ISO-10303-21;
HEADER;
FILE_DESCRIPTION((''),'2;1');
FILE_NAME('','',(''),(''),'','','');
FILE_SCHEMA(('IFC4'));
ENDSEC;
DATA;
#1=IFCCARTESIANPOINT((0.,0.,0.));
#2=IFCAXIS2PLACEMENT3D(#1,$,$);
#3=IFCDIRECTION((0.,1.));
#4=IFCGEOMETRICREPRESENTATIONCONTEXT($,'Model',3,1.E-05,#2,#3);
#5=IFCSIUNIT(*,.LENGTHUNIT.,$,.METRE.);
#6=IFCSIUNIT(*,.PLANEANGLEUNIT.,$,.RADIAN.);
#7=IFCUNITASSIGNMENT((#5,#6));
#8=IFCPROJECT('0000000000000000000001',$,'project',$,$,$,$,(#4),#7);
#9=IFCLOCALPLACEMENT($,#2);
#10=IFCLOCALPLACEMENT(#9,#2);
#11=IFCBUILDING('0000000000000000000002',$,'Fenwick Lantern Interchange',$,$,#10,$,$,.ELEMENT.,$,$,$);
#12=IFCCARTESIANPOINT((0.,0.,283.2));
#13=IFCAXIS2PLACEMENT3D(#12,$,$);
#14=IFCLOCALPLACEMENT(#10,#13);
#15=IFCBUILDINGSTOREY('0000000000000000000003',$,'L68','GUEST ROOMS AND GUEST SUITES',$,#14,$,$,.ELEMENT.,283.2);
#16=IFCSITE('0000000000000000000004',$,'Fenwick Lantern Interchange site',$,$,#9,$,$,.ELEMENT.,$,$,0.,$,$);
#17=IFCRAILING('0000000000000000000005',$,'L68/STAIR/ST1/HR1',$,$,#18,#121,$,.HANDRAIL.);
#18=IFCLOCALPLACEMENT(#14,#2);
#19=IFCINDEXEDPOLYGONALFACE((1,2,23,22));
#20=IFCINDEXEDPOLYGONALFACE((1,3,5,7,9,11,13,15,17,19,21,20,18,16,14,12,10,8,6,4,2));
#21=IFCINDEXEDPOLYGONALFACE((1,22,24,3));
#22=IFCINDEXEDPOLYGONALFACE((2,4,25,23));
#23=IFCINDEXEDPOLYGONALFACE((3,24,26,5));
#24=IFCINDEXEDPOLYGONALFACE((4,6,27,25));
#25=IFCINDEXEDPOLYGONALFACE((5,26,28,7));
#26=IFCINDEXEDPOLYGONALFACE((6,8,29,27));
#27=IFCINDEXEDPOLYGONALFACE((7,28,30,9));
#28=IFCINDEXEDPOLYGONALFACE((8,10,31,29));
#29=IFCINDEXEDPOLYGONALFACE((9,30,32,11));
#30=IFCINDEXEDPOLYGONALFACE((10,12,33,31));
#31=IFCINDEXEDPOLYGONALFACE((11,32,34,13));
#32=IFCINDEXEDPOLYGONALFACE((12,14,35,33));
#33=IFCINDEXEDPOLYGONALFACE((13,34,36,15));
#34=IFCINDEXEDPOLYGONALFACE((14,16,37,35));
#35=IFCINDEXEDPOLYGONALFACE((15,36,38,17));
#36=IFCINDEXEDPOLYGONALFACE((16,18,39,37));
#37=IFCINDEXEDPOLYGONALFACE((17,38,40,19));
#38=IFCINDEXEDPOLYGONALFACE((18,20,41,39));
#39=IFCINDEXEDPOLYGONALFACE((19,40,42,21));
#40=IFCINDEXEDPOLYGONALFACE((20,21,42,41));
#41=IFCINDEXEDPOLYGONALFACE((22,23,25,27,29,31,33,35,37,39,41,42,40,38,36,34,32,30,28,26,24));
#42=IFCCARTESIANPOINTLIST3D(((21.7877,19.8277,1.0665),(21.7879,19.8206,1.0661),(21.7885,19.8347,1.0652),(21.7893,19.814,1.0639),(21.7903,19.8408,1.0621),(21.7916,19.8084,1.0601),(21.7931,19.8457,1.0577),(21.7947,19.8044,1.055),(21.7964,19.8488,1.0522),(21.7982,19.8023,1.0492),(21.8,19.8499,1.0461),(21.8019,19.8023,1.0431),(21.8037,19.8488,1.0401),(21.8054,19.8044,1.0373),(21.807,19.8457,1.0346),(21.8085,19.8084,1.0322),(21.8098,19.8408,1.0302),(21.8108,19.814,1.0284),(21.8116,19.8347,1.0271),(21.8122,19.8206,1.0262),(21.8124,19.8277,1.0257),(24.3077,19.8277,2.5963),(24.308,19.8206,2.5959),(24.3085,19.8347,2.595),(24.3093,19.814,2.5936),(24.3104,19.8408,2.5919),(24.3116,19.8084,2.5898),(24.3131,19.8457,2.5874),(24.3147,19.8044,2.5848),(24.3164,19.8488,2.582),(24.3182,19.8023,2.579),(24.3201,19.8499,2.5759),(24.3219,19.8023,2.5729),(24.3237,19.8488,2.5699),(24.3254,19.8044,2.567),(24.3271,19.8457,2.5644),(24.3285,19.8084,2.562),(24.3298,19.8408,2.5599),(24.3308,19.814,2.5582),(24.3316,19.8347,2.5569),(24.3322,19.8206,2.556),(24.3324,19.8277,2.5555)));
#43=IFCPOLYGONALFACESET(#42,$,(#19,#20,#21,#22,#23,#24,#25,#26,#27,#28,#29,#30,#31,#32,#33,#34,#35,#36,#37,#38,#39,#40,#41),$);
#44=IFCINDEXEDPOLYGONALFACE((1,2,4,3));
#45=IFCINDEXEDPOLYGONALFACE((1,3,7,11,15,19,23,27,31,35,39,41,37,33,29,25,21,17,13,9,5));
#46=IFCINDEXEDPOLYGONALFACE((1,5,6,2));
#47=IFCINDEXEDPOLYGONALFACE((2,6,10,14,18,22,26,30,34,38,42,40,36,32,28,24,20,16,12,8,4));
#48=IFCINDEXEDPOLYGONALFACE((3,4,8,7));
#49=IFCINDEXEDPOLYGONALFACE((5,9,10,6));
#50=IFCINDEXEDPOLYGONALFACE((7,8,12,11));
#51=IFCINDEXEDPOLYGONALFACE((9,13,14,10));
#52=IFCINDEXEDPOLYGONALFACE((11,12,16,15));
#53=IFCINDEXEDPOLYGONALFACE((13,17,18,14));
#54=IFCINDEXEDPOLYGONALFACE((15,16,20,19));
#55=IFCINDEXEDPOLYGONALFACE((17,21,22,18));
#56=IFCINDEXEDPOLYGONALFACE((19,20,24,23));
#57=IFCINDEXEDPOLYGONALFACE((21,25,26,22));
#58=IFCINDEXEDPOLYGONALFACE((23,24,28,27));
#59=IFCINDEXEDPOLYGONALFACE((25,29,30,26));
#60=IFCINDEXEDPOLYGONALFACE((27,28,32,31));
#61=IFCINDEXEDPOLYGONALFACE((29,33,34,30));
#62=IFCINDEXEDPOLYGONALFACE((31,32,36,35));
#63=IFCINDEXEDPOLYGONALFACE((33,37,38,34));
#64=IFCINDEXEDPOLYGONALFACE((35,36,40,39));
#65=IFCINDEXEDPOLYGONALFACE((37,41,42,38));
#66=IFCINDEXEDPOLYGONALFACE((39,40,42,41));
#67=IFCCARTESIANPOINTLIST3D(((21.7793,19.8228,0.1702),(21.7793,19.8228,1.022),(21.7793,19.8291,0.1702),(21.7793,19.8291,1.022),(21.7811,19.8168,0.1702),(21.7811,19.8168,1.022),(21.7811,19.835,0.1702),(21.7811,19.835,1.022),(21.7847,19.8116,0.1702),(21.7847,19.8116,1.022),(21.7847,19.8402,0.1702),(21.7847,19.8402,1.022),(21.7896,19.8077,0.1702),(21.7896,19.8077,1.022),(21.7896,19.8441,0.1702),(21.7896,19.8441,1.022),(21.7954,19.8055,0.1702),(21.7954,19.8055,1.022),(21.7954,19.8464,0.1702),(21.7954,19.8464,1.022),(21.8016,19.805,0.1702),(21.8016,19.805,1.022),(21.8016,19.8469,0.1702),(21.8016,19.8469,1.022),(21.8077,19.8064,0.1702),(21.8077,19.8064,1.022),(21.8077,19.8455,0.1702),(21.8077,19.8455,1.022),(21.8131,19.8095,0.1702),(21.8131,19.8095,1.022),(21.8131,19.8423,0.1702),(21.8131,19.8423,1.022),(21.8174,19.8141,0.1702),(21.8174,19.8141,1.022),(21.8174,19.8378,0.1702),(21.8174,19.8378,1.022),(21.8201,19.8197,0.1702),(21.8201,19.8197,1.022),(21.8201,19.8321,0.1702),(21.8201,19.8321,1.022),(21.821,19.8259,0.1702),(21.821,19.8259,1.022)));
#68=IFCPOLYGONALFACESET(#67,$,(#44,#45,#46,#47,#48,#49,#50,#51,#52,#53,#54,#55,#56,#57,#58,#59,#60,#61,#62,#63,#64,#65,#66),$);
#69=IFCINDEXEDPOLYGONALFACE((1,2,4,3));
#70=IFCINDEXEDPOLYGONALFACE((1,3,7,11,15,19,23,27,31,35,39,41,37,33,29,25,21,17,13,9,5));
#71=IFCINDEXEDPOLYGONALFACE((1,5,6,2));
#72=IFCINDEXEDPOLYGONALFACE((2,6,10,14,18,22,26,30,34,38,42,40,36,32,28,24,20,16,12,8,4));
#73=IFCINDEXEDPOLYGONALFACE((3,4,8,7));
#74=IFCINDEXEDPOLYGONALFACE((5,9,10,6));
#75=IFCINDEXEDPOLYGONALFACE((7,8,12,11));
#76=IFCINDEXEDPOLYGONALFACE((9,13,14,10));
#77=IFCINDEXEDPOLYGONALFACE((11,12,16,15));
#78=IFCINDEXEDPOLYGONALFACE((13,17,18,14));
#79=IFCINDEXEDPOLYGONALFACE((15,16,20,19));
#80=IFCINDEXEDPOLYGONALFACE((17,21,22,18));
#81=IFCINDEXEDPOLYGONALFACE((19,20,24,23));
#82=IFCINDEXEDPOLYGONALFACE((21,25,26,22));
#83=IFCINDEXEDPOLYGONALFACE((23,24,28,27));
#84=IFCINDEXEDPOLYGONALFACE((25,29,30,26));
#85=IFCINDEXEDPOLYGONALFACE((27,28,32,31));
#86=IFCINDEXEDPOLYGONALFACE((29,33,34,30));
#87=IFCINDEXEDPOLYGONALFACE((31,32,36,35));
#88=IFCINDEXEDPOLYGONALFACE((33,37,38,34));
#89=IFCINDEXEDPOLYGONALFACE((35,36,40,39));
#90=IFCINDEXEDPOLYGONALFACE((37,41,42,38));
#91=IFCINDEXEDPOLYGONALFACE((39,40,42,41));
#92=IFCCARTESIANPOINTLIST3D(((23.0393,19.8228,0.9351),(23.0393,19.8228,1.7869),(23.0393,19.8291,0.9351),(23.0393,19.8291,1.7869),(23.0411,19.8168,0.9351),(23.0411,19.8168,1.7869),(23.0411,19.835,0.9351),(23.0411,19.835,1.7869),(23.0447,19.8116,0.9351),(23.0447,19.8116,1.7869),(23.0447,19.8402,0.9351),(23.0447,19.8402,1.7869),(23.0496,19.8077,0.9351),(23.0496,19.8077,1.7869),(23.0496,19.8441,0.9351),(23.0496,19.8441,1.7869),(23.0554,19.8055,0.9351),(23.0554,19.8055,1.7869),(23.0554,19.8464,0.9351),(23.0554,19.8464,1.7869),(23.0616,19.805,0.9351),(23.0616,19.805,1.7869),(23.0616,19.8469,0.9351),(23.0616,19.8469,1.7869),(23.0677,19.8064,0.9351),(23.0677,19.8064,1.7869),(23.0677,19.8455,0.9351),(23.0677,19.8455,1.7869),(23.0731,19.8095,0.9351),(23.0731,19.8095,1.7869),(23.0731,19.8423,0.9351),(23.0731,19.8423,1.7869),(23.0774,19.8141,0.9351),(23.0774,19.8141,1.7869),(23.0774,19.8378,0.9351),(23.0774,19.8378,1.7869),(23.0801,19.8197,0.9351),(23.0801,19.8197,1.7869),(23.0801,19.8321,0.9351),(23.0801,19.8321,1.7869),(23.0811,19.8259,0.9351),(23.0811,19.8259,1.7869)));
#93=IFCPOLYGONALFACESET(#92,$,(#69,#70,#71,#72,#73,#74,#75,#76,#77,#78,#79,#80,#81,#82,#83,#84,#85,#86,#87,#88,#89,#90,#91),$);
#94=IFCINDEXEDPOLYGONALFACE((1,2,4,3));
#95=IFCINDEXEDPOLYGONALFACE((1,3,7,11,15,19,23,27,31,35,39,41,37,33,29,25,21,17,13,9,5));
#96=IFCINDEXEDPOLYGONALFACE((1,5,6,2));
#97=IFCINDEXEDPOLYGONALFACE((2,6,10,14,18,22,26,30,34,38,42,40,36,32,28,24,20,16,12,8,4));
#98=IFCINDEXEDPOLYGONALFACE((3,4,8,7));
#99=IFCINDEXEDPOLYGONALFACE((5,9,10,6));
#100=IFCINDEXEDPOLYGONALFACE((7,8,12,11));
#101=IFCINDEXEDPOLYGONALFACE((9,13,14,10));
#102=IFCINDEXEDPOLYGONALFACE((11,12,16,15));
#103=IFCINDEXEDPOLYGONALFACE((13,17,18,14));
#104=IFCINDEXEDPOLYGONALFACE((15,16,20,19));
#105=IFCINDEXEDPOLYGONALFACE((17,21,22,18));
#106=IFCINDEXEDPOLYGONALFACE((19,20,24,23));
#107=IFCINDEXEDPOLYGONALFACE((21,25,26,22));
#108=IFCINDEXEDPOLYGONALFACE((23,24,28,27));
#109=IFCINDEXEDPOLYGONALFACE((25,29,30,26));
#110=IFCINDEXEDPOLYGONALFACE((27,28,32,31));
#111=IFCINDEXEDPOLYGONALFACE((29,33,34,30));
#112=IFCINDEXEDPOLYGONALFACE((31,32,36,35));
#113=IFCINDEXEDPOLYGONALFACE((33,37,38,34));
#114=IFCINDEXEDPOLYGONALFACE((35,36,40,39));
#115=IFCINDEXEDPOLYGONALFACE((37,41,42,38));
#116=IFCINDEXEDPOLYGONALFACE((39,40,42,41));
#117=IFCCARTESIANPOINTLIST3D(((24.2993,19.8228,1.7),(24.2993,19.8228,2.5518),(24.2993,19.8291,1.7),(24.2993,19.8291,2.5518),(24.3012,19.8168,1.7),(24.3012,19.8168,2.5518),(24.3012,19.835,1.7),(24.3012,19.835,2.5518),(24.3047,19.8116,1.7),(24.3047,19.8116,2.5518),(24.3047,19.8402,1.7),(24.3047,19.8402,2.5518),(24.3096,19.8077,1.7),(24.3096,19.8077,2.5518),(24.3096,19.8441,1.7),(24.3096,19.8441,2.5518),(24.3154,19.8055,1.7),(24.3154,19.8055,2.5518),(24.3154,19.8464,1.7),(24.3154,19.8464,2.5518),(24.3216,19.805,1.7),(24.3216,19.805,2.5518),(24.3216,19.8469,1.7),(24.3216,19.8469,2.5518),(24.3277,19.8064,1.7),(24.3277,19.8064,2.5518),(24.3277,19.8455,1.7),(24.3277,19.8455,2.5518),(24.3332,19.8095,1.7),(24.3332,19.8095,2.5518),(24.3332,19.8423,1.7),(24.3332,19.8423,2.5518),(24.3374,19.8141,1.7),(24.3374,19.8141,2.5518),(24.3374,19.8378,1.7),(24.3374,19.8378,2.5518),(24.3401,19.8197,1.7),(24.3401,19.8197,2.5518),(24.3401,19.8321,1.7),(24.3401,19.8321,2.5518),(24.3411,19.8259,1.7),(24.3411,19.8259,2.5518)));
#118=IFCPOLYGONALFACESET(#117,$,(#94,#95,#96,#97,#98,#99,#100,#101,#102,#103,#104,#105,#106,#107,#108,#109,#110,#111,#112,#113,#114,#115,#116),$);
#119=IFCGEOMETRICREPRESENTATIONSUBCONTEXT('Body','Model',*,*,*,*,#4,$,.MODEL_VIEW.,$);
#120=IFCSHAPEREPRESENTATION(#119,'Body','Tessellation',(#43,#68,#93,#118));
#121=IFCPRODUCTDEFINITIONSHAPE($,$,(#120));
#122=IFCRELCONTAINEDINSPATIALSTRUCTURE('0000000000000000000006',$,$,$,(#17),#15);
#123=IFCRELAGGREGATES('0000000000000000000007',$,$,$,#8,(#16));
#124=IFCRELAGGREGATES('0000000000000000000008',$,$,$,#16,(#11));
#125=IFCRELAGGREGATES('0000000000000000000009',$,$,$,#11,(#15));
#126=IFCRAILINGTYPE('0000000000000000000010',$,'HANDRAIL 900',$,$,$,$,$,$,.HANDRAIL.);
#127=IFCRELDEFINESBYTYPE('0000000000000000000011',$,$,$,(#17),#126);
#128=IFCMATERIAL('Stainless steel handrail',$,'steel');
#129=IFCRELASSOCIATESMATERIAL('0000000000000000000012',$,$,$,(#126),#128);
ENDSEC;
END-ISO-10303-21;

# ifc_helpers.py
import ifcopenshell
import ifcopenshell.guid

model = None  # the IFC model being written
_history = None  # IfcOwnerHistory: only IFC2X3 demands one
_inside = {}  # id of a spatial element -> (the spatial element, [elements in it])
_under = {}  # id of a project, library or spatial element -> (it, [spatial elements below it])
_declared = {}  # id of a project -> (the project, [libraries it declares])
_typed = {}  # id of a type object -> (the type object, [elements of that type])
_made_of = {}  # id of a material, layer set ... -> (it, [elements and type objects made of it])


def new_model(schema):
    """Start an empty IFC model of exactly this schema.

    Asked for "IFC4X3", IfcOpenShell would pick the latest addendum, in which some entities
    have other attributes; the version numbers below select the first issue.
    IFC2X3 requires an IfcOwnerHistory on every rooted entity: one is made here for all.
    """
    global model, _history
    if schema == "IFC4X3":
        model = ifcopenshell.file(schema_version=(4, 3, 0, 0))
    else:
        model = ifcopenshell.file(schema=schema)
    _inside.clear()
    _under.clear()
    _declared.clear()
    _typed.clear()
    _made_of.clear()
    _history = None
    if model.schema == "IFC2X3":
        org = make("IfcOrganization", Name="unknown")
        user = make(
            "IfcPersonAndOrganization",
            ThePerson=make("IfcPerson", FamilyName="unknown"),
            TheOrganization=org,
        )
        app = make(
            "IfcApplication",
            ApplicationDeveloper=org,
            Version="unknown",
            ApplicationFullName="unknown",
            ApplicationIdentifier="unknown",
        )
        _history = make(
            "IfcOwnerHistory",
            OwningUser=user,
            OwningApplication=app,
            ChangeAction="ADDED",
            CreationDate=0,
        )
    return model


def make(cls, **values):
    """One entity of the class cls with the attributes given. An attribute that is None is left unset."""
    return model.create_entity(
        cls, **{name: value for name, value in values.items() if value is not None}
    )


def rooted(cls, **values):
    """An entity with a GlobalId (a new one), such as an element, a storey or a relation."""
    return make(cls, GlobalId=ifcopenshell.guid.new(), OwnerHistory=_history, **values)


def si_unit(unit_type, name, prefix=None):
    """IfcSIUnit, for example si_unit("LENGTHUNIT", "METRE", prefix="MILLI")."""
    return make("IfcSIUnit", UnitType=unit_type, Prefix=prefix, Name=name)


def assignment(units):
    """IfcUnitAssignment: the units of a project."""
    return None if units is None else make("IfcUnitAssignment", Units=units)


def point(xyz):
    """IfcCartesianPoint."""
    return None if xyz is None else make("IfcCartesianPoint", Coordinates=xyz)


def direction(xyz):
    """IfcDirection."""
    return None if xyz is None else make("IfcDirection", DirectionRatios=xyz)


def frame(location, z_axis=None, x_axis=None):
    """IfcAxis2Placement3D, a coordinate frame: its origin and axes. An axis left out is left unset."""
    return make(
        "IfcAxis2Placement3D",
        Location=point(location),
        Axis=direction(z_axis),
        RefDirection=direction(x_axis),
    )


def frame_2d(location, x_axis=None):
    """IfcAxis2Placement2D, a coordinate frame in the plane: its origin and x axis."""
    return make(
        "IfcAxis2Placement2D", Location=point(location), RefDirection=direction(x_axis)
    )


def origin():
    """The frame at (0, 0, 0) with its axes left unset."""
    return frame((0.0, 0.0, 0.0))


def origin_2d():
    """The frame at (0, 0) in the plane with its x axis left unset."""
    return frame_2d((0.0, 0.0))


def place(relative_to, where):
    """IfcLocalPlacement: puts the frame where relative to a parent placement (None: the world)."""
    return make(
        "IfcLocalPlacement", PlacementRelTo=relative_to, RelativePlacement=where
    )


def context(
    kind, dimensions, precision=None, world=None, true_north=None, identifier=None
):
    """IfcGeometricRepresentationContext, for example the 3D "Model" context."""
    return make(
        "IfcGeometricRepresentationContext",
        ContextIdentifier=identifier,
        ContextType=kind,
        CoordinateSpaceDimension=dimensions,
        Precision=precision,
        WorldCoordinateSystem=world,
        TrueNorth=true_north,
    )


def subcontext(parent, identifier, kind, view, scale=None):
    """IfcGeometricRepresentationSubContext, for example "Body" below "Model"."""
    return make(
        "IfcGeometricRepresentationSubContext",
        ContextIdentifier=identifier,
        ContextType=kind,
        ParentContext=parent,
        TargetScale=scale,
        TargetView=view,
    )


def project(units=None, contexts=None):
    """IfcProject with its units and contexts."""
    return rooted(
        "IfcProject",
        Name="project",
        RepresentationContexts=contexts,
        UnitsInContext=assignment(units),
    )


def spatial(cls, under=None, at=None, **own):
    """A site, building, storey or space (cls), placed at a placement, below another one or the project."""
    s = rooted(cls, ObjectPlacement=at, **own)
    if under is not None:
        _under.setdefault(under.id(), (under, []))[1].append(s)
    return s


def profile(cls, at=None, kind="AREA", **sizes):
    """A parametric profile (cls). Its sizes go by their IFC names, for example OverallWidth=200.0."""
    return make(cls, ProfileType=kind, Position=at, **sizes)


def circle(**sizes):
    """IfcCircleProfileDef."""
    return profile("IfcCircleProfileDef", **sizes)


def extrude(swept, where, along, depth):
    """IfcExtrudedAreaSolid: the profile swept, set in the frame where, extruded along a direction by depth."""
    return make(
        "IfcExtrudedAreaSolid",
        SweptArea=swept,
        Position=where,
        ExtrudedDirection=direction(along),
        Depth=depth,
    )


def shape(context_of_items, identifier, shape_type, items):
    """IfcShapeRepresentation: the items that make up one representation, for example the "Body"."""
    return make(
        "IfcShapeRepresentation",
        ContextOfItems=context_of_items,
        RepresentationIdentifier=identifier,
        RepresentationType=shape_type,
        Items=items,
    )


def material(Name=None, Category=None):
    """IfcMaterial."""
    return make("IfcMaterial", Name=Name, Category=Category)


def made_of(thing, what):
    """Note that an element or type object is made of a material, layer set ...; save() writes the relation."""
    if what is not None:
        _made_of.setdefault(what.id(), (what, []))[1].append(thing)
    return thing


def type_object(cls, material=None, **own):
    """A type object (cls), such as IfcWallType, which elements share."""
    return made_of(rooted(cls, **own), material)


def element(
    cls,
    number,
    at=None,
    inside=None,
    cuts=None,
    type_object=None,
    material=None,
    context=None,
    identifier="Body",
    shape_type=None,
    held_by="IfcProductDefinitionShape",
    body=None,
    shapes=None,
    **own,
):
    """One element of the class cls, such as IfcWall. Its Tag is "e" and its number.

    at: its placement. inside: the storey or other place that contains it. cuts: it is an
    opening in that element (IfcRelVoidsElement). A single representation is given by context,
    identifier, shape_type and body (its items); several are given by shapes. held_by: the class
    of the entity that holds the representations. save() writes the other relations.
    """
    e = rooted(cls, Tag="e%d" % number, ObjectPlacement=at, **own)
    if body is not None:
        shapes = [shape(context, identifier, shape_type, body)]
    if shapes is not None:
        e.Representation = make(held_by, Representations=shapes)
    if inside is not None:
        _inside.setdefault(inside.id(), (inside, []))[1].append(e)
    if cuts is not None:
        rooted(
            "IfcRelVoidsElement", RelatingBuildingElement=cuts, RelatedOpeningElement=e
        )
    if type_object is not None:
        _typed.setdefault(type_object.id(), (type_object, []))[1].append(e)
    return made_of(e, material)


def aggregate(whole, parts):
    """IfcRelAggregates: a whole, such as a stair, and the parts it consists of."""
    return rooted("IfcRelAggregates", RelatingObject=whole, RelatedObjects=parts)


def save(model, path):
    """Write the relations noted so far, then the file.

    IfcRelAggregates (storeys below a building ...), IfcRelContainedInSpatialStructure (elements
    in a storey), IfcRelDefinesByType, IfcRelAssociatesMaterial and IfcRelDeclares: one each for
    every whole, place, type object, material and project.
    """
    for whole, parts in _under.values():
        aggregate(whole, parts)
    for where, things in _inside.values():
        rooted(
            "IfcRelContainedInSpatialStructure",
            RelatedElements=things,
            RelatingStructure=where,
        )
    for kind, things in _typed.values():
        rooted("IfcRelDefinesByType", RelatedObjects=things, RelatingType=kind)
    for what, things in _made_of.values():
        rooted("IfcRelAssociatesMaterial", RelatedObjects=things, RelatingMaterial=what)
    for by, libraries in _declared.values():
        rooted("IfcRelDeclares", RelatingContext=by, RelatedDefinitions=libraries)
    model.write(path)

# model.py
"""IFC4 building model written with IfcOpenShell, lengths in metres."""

from ifc_helpers import new_model, si_unit, direction, frame, origin, origin_2d, place, context, subcontext, project, spatial, circle, extrude, material, type_object, element, save


model = new_model("IFC4")

# Units and contexts
model_context = context("Model", 3, precision=1e-05, world=origin(), true_north=direction((0.0, 1.0)))
body_context = subcontext(model_context, "Body", "Model", "MODEL_VIEW")
ifc_project = project(units=[si_unit("LENGTHUNIT", "METRE"), si_unit("PLANEANGLEUNIT", "RADIAN")], contexts=[model_context])

# Site, building, storey
site_placement = place(None, origin())
site = spatial("IfcSite", under=ifc_project, at=site_placement, Name="Fenwick Lantern Interchange site", CompositionType="ELEMENT", RefElevation=0.0)
building_placement = place(site_placement, origin())
building = spatial("IfcBuilding", under=site, at=building_placement, Name="Fenwick Lantern Interchange", CompositionType="ELEMENT")
storey_placement = place(building_placement, frame((0.0, 0.0, 283.2)))
storey = spatial("IfcBuildingStorey", under=building, at=storey_placement, Name="L68", Description="GUEST ROOMS AND GUEST SUITES", CompositionType="ELEMENT", Elevation=283.2)

# Railing
ifc_material_1 = material(Name="Stainless steel handrail", Category="steel")
railing_type = type_object("IfcRailingType", Name="HANDRAIL 900", PredefinedType="HANDRAIL", material=ifc_material_1)
railing_placement = place(storey_placement, frame((21.8, 19.8259, 0.1702)))
element("IfcRailing", 1, at=railing_placement, inside=storey, type_object=railing_type, Name="L68/STAIR/ST1/HR1", PredefinedType="HANDRAIL", context=body_context, shape_type="SweptSolid", body=[
    extrude(circle(Radius=0.0239, at=origin_2d()), frame((0.0, 0.0, 0.876), z_axis=(0.854822, 0.0, 0.518922), x_axis=(0.0, 1.0, 0.0)), (0.0, 0.0, 1.0), 2.948),
    extrude(circle(Radius=0.021, at=origin_2d()), origin(), (0.0, 0.0, 1.0), 0.8518),
    extrude(circle(Radius=0.021, at=origin_2d()), frame((1.26, 0.0, 0.7649)), (0.0, 0.0, 1.0), 0.8518),
    extrude(circle(Radius=0.021, at=origin_2d()), frame((2.52, 0.0, 1.5298)), (0.0, 0.0, 1.0), 0.8518),
])

save(model, "model.ifc")
